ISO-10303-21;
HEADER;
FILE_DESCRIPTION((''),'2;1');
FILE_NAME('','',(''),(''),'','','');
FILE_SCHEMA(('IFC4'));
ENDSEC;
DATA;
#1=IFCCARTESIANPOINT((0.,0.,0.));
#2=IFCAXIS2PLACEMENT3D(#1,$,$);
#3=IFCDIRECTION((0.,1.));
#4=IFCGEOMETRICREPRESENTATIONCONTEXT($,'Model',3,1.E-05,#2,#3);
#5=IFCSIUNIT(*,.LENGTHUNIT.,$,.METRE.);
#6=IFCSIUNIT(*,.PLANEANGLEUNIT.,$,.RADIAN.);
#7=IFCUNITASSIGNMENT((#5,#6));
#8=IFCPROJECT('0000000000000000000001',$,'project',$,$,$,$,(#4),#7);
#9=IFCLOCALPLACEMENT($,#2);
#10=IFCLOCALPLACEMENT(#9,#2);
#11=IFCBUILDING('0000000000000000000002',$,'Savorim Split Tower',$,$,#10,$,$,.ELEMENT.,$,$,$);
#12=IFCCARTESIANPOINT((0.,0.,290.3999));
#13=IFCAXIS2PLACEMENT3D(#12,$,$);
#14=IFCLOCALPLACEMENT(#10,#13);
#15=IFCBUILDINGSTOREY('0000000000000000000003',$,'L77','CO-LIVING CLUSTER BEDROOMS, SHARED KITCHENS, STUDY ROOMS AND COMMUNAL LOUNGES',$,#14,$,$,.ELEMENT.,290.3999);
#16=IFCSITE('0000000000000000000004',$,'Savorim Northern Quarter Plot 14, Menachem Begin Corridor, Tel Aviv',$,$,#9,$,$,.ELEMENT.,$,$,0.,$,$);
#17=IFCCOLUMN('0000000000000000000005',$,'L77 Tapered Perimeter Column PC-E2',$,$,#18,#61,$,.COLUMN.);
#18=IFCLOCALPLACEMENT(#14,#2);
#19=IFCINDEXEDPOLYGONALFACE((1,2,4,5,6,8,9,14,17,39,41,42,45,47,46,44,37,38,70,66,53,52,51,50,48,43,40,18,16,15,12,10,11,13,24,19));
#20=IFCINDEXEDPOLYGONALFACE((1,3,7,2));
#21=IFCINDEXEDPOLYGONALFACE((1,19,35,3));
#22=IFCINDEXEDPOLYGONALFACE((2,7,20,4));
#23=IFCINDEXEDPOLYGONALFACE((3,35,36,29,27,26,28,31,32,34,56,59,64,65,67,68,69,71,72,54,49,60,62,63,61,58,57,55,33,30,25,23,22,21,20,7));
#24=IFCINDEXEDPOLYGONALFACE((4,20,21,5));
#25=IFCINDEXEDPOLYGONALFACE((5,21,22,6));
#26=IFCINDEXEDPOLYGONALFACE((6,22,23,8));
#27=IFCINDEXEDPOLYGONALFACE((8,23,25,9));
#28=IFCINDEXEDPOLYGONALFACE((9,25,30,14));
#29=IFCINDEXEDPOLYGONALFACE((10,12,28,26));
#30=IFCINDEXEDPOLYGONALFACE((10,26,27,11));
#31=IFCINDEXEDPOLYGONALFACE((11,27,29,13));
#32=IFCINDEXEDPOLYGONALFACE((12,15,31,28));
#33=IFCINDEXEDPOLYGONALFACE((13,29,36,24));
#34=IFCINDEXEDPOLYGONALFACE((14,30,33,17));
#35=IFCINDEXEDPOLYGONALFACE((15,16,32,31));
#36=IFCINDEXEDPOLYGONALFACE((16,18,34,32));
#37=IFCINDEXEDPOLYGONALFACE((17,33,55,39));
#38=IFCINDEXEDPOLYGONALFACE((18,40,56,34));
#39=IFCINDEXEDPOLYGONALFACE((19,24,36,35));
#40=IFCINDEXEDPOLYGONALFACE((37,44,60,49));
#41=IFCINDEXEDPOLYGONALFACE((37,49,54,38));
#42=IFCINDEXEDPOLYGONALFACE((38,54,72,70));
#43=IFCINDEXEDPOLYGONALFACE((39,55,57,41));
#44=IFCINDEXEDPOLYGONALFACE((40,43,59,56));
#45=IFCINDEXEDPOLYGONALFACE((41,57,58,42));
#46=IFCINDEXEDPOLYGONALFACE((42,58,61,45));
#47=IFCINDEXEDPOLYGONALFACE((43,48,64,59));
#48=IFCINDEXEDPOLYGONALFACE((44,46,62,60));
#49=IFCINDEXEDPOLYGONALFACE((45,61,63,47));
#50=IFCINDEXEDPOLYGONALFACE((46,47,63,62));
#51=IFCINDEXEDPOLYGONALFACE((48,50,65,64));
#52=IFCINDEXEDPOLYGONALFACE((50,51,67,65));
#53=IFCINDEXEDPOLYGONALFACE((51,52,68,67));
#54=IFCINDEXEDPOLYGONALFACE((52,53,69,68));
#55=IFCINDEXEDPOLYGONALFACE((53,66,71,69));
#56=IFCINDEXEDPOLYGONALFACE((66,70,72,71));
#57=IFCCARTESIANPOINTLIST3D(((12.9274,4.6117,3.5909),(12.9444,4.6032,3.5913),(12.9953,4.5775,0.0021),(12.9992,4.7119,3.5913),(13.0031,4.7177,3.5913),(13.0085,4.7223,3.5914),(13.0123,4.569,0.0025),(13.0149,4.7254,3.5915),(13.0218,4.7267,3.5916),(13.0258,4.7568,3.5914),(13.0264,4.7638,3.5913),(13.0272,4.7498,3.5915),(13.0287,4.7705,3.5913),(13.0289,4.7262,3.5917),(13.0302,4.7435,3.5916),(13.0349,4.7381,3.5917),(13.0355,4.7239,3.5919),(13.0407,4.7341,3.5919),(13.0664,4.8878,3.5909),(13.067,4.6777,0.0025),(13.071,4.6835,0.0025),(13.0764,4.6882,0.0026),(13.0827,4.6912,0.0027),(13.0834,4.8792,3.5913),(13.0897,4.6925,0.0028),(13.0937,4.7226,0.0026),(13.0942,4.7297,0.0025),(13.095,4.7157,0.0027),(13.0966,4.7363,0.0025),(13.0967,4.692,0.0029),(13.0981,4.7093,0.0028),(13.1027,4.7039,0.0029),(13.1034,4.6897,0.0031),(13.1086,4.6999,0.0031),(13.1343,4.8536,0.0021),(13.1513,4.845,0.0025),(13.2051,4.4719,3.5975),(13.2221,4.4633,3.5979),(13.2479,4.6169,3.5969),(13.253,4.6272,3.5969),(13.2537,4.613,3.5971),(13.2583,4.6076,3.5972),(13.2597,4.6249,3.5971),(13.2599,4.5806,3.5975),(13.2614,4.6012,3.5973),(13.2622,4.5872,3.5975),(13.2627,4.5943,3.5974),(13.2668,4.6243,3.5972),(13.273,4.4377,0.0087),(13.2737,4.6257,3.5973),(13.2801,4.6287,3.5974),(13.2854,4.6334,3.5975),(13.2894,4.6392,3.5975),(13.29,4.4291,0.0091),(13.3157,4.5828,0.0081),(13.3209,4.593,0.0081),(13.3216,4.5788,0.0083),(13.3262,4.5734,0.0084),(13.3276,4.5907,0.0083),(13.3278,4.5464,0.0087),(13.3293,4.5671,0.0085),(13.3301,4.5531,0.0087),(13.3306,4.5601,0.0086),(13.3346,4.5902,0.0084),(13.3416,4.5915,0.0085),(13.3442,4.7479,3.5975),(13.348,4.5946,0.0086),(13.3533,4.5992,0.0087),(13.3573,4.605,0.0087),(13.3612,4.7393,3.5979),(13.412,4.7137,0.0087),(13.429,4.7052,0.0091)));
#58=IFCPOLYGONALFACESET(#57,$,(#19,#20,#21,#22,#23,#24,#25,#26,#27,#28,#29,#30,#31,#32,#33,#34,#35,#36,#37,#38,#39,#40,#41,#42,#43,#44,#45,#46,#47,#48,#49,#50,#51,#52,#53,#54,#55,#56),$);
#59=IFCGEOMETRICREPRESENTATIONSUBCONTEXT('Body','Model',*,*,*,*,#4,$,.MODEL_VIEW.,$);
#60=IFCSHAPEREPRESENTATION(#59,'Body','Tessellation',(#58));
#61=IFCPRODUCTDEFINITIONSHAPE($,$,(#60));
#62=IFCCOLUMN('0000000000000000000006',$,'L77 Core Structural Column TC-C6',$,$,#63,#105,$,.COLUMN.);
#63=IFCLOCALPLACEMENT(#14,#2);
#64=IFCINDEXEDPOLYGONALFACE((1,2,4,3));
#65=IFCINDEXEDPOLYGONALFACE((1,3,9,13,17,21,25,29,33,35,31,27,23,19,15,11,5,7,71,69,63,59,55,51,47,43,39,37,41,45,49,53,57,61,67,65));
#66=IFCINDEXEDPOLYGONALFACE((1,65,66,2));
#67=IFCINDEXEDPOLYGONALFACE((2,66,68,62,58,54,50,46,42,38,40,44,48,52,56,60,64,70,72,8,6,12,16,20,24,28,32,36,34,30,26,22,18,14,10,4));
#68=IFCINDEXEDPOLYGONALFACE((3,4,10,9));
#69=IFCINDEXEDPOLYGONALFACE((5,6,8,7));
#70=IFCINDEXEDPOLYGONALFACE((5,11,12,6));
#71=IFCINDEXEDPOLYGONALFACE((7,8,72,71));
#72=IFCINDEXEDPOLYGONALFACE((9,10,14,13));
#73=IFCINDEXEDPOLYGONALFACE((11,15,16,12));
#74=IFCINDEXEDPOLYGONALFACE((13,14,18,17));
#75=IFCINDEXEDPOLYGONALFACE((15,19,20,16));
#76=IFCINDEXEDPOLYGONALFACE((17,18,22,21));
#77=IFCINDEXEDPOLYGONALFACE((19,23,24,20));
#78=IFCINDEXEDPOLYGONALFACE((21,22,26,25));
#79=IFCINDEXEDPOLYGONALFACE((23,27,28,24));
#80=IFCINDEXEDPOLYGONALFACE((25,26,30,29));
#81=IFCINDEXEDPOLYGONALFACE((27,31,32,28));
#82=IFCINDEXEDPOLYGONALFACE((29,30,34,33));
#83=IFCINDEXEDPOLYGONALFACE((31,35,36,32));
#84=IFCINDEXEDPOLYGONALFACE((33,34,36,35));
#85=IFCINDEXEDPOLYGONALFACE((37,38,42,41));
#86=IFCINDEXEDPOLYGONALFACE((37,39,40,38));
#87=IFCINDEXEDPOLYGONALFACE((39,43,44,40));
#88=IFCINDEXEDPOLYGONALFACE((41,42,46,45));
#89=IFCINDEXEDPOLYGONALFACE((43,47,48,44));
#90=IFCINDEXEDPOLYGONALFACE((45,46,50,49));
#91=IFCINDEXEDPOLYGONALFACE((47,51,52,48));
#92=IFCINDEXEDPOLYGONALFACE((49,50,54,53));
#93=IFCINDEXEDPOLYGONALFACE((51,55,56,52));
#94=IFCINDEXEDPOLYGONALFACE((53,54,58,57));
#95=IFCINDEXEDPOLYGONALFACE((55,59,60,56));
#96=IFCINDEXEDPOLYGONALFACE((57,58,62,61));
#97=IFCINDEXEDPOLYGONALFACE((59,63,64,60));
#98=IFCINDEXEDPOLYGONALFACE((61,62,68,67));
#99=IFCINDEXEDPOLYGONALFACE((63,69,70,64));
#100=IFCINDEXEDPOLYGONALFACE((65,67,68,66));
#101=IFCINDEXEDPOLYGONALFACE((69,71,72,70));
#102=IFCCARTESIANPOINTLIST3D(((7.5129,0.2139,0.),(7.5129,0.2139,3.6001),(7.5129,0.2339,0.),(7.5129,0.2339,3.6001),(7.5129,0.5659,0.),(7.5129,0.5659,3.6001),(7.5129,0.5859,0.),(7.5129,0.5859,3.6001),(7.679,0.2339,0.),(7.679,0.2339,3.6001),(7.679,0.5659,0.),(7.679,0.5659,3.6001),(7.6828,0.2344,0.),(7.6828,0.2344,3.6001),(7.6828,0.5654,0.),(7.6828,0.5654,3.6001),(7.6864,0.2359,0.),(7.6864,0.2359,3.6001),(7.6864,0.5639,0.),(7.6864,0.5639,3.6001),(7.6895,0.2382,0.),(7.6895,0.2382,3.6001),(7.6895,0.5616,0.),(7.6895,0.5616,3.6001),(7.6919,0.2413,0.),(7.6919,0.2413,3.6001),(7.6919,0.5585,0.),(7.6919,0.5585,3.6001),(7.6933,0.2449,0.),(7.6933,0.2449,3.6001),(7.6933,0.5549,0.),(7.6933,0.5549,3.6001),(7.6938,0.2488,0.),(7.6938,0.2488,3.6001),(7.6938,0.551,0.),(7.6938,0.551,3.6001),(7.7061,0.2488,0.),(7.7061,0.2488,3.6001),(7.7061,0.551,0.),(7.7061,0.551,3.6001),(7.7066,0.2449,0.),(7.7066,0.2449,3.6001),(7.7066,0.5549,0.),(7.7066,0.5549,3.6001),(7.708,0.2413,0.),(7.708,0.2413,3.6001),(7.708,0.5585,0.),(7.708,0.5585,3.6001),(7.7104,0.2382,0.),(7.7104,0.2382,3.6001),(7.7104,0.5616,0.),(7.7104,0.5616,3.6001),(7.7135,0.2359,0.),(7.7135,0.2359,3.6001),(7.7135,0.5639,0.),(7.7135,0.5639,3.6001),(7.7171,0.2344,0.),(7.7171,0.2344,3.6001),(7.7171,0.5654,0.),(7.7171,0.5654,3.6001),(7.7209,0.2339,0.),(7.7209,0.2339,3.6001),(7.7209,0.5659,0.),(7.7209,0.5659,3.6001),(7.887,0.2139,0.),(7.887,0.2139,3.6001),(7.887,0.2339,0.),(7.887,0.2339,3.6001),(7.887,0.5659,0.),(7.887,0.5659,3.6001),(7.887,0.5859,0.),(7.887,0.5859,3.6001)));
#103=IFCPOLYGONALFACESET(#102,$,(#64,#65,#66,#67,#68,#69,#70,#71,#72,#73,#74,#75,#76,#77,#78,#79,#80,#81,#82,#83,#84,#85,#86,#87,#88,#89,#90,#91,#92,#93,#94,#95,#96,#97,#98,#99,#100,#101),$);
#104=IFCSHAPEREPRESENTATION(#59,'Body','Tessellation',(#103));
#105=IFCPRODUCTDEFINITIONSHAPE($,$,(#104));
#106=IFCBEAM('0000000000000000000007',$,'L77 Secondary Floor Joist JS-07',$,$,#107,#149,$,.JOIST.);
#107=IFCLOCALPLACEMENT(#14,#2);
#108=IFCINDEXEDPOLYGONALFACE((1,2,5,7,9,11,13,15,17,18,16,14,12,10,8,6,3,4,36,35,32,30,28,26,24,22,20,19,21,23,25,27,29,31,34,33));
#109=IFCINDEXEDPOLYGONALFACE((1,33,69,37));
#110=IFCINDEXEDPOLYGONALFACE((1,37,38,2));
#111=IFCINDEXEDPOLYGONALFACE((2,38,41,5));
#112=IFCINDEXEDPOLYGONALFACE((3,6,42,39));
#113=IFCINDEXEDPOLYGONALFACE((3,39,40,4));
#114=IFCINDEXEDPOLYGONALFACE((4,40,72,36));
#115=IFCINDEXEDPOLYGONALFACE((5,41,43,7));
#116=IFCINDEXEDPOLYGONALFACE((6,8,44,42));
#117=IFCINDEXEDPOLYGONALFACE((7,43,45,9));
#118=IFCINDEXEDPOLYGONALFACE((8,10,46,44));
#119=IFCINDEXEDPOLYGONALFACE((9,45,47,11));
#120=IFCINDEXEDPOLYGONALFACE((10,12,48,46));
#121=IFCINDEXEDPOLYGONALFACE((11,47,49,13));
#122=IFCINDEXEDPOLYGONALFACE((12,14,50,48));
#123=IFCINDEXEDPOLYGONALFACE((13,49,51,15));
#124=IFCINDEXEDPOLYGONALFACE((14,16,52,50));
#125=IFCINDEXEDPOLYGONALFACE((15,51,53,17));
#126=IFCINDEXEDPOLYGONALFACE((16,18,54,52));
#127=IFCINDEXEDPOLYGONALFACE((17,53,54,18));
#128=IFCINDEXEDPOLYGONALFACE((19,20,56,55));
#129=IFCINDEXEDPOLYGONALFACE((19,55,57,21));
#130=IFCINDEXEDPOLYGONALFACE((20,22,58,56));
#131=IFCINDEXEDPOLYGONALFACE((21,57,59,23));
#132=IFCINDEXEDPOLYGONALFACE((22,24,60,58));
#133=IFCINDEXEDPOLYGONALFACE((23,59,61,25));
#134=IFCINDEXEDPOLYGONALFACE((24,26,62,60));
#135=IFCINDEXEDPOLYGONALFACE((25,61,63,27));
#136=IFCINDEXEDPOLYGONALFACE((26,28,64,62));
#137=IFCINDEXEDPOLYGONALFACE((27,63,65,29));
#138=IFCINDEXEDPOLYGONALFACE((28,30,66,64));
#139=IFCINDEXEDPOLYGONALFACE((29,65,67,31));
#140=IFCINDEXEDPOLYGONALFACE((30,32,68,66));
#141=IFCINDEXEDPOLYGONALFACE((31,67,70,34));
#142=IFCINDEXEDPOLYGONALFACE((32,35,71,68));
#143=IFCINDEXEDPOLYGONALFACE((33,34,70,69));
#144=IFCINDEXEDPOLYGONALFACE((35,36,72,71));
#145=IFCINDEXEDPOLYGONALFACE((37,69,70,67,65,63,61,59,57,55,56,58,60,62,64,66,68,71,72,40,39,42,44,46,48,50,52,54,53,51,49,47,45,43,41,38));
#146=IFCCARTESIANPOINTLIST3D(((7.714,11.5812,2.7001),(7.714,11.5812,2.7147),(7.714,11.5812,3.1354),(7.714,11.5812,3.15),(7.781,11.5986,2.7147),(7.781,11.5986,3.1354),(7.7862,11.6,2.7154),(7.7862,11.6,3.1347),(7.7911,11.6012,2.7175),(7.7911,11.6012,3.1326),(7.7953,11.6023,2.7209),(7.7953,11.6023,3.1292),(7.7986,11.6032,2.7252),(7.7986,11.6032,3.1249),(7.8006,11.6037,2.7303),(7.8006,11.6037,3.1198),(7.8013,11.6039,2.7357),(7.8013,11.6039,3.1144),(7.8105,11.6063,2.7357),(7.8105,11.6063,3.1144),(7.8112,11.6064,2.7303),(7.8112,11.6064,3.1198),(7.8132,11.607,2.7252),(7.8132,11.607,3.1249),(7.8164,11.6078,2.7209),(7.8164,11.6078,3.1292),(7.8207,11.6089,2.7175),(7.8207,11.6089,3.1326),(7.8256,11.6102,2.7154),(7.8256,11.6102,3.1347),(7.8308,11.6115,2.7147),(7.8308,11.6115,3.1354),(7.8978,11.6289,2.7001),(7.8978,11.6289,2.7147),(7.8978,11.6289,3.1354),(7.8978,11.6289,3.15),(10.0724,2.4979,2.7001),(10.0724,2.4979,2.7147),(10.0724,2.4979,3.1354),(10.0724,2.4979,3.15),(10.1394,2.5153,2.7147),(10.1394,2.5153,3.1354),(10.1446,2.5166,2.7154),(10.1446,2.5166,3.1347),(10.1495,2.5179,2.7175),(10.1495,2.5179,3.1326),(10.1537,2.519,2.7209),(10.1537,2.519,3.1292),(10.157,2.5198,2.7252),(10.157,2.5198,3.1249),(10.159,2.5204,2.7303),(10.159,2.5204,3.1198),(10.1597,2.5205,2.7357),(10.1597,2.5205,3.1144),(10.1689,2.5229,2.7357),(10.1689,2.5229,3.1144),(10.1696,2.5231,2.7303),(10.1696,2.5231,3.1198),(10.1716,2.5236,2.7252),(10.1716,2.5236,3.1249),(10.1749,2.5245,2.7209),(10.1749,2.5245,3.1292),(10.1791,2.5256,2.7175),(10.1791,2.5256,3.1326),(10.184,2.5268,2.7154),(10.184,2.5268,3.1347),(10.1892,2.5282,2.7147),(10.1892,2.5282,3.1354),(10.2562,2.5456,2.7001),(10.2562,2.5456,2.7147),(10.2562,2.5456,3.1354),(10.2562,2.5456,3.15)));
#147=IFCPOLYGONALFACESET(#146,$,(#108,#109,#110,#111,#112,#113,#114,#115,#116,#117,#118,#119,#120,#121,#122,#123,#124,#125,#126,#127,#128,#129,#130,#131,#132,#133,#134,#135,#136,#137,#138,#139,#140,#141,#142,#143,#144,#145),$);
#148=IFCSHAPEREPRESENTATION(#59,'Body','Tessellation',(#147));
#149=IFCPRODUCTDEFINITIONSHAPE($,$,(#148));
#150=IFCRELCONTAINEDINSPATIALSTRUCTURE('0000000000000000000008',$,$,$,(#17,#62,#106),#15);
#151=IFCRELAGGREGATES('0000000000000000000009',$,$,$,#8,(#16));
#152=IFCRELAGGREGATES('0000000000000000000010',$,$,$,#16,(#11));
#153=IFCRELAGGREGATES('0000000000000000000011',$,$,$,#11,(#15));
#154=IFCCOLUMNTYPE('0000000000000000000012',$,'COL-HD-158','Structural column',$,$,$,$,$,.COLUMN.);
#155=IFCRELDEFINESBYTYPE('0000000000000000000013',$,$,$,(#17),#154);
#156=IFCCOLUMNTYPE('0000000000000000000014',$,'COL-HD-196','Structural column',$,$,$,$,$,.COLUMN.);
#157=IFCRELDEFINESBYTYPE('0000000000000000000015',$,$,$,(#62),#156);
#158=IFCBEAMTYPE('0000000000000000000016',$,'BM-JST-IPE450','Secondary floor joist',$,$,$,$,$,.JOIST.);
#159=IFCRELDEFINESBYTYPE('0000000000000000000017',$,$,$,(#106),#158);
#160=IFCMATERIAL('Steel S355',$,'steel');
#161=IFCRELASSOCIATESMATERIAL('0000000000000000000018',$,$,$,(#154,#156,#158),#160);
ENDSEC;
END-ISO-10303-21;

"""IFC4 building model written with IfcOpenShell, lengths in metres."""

from ifc_helpers import new_model, si_unit, direction, frame, origin, origin_2d, place, context, subcontext, project, spatial, i_section, extrude, material, material_profile, profile_set, type_object, element, save


model = new_model("IFC4")

# Units and contexts
model_context = context("Model", 3, precision=1e-05, world=origin(), true_north=direction((0.0, 1.0)))
body_context = subcontext(model_context, "Body", "Model", "MODEL_VIEW")
ifc_project = project(units=[si_unit("LENGTHUNIT", "METRE"), si_unit("PLANEANGLEUNIT", "RADIAN")], contexts=[model_context])

# Site, building, storey
site_placement = place(None, origin())
site = spatial("IfcSite", under=ifc_project, at=site_placement, Name="Savorim Northern Quarter Plot 14, Menachem Begin Corridor, Tel Aviv", CompositionType="ELEMENT", RefElevation=0.0)
building_placement = place(site_placement, origin())
building = spatial("IfcBuilding", under=site, at=building_placement, Name="Savorim Split Tower", CompositionType="ELEMENT")
storey_placement = place(building_placement, frame((0.0, 0.0, 290.3999)))
storey = spatial("IfcBuildingStorey", under=building, at=storey_placement, Name="L77", Description="CO-LIVING CLUSTER BEDROOMS, SHARED KITCHENS, STUDY ROOMS AND COMMUNAL LOUNGES", CompositionType="ELEMENT", Elevation=290.3999)

# Columns
ifc_material_1 = material(Name="Steel S355", Category="steel")
ifc_material_profile_1 = material_profile(ifc_material_1, i_section(OverallWidth=0.3091, OverallDepth=0.3301, WebThickness=0.0115, FlangeThickness=0.019, FilletRadius=0.0271, at=origin_2d()), Name="HD 320x158")
ifc_profile_set_1 = profile_set([ifc_material_profile_1], Name="Steel S355")
column_type_1 = type_object("IfcColumnType", Name="COL-HD-158", Description="Structural column", PredefinedType="COLUMN", material=ifc_profile_set_1)
column_1_placement = place(storey_placement, frame((13.2122, 4.6414, 0.0056), z_axis=(-0.018907, 0.009522, 0.999776), x_axis=(-0.449782, -0.893138, 0.0)))
element("IfcColumn", 1, at=column_1_placement, inside=storey, type_object=column_type_1, Name="L77 Tapered Perimeter Column PC-E2", PredefinedType="COLUMN", context=body_context, shape_type="SweptSolid", body=[
    extrude(i_section(OverallWidth=0.3091, OverallDepth=0.3301, WebThickness=0.0115, FlangeThickness=0.019, FilletRadius=0.0271, at=origin_2d()), origin(), (0.0, 0.0, 1.0), 3.5896),
])
ifc_material_profile_2 = material_profile(ifc_material_1, i_section(OverallWidth=0.374, OverallDepth=0.3721, WebThickness=0.0122, FlangeThickness=0.02, FilletRadius=0.0149, at=origin_2d()), Name="HD 360x196")
ifc_profile_set_2 = profile_set([ifc_material_profile_2], Name="Steel S355")
column_type_2 = type_object("IfcColumnType", Name="COL-HD-196", Description="Structural column", PredefinedType="COLUMN", material=ifc_profile_set_2)
column_2_placement = place(storey_placement, frame((7.7, 0.3999, 0.0), z_axis=(0.0, 0.0, 1.0), x_axis=(1.0, 0.0, 0.0)))
element("IfcColumn", 2, at=column_2_placement, inside=storey, type_object=column_type_2, Name="L77 Core Structural Column TC-C6", PredefinedType="COLUMN", context=body_context, shape_type="SweptSolid", body=[
    extrude(i_section(OverallWidth=0.374, OverallDepth=0.3721, WebThickness=0.0122, FlangeThickness=0.02, FilletRadius=0.0149, at=origin_2d()), origin(), (0.0, 0.0, 1.0), 3.6001),
])

# Beam
ifc_material_profile_3 = material_profile(ifc_material_1, i_section(OverallWidth=0.1899, OverallDepth=0.45, WebThickness=0.0095, FlangeThickness=0.0146, FilletRadius=0.021, at=origin_2d()), Name="IPE 450")
ifc_profile_set_3 = profile_set([ifc_material_profile_3], Name="Steel S355")
beam_type_1 = type_object("IfcBeamType", Name="BM-JST-IPE450", Description="Secondary floor joist", PredefinedType="JOIST", material=ifc_profile_set_3)
beam_1_placement = place(storey_placement, frame((10.1643, 2.5217, 2.925), z_axis=(-0.25131, 0.967907, 0.0), x_axis=(-0.967907, -0.25131, 0.0)))
element("IfcBeam", 3, at=beam_1_placement, inside=storey, type_object=beam_type_1, Name="L77 Secondary Floor Joist JS-07", PredefinedType="JOIST", context=body_context, shape_type="SweptSolid", body=[
    extrude(i_section(OverallWidth=0.1899, OverallDepth=0.45, WebThickness=0.0095, FlangeThickness=0.0146, FilletRadius=0.021, at=origin_2d()), origin(), (0.0, 0.0, 1.0), 9.3845),
])

save(model, "model.ifc")
